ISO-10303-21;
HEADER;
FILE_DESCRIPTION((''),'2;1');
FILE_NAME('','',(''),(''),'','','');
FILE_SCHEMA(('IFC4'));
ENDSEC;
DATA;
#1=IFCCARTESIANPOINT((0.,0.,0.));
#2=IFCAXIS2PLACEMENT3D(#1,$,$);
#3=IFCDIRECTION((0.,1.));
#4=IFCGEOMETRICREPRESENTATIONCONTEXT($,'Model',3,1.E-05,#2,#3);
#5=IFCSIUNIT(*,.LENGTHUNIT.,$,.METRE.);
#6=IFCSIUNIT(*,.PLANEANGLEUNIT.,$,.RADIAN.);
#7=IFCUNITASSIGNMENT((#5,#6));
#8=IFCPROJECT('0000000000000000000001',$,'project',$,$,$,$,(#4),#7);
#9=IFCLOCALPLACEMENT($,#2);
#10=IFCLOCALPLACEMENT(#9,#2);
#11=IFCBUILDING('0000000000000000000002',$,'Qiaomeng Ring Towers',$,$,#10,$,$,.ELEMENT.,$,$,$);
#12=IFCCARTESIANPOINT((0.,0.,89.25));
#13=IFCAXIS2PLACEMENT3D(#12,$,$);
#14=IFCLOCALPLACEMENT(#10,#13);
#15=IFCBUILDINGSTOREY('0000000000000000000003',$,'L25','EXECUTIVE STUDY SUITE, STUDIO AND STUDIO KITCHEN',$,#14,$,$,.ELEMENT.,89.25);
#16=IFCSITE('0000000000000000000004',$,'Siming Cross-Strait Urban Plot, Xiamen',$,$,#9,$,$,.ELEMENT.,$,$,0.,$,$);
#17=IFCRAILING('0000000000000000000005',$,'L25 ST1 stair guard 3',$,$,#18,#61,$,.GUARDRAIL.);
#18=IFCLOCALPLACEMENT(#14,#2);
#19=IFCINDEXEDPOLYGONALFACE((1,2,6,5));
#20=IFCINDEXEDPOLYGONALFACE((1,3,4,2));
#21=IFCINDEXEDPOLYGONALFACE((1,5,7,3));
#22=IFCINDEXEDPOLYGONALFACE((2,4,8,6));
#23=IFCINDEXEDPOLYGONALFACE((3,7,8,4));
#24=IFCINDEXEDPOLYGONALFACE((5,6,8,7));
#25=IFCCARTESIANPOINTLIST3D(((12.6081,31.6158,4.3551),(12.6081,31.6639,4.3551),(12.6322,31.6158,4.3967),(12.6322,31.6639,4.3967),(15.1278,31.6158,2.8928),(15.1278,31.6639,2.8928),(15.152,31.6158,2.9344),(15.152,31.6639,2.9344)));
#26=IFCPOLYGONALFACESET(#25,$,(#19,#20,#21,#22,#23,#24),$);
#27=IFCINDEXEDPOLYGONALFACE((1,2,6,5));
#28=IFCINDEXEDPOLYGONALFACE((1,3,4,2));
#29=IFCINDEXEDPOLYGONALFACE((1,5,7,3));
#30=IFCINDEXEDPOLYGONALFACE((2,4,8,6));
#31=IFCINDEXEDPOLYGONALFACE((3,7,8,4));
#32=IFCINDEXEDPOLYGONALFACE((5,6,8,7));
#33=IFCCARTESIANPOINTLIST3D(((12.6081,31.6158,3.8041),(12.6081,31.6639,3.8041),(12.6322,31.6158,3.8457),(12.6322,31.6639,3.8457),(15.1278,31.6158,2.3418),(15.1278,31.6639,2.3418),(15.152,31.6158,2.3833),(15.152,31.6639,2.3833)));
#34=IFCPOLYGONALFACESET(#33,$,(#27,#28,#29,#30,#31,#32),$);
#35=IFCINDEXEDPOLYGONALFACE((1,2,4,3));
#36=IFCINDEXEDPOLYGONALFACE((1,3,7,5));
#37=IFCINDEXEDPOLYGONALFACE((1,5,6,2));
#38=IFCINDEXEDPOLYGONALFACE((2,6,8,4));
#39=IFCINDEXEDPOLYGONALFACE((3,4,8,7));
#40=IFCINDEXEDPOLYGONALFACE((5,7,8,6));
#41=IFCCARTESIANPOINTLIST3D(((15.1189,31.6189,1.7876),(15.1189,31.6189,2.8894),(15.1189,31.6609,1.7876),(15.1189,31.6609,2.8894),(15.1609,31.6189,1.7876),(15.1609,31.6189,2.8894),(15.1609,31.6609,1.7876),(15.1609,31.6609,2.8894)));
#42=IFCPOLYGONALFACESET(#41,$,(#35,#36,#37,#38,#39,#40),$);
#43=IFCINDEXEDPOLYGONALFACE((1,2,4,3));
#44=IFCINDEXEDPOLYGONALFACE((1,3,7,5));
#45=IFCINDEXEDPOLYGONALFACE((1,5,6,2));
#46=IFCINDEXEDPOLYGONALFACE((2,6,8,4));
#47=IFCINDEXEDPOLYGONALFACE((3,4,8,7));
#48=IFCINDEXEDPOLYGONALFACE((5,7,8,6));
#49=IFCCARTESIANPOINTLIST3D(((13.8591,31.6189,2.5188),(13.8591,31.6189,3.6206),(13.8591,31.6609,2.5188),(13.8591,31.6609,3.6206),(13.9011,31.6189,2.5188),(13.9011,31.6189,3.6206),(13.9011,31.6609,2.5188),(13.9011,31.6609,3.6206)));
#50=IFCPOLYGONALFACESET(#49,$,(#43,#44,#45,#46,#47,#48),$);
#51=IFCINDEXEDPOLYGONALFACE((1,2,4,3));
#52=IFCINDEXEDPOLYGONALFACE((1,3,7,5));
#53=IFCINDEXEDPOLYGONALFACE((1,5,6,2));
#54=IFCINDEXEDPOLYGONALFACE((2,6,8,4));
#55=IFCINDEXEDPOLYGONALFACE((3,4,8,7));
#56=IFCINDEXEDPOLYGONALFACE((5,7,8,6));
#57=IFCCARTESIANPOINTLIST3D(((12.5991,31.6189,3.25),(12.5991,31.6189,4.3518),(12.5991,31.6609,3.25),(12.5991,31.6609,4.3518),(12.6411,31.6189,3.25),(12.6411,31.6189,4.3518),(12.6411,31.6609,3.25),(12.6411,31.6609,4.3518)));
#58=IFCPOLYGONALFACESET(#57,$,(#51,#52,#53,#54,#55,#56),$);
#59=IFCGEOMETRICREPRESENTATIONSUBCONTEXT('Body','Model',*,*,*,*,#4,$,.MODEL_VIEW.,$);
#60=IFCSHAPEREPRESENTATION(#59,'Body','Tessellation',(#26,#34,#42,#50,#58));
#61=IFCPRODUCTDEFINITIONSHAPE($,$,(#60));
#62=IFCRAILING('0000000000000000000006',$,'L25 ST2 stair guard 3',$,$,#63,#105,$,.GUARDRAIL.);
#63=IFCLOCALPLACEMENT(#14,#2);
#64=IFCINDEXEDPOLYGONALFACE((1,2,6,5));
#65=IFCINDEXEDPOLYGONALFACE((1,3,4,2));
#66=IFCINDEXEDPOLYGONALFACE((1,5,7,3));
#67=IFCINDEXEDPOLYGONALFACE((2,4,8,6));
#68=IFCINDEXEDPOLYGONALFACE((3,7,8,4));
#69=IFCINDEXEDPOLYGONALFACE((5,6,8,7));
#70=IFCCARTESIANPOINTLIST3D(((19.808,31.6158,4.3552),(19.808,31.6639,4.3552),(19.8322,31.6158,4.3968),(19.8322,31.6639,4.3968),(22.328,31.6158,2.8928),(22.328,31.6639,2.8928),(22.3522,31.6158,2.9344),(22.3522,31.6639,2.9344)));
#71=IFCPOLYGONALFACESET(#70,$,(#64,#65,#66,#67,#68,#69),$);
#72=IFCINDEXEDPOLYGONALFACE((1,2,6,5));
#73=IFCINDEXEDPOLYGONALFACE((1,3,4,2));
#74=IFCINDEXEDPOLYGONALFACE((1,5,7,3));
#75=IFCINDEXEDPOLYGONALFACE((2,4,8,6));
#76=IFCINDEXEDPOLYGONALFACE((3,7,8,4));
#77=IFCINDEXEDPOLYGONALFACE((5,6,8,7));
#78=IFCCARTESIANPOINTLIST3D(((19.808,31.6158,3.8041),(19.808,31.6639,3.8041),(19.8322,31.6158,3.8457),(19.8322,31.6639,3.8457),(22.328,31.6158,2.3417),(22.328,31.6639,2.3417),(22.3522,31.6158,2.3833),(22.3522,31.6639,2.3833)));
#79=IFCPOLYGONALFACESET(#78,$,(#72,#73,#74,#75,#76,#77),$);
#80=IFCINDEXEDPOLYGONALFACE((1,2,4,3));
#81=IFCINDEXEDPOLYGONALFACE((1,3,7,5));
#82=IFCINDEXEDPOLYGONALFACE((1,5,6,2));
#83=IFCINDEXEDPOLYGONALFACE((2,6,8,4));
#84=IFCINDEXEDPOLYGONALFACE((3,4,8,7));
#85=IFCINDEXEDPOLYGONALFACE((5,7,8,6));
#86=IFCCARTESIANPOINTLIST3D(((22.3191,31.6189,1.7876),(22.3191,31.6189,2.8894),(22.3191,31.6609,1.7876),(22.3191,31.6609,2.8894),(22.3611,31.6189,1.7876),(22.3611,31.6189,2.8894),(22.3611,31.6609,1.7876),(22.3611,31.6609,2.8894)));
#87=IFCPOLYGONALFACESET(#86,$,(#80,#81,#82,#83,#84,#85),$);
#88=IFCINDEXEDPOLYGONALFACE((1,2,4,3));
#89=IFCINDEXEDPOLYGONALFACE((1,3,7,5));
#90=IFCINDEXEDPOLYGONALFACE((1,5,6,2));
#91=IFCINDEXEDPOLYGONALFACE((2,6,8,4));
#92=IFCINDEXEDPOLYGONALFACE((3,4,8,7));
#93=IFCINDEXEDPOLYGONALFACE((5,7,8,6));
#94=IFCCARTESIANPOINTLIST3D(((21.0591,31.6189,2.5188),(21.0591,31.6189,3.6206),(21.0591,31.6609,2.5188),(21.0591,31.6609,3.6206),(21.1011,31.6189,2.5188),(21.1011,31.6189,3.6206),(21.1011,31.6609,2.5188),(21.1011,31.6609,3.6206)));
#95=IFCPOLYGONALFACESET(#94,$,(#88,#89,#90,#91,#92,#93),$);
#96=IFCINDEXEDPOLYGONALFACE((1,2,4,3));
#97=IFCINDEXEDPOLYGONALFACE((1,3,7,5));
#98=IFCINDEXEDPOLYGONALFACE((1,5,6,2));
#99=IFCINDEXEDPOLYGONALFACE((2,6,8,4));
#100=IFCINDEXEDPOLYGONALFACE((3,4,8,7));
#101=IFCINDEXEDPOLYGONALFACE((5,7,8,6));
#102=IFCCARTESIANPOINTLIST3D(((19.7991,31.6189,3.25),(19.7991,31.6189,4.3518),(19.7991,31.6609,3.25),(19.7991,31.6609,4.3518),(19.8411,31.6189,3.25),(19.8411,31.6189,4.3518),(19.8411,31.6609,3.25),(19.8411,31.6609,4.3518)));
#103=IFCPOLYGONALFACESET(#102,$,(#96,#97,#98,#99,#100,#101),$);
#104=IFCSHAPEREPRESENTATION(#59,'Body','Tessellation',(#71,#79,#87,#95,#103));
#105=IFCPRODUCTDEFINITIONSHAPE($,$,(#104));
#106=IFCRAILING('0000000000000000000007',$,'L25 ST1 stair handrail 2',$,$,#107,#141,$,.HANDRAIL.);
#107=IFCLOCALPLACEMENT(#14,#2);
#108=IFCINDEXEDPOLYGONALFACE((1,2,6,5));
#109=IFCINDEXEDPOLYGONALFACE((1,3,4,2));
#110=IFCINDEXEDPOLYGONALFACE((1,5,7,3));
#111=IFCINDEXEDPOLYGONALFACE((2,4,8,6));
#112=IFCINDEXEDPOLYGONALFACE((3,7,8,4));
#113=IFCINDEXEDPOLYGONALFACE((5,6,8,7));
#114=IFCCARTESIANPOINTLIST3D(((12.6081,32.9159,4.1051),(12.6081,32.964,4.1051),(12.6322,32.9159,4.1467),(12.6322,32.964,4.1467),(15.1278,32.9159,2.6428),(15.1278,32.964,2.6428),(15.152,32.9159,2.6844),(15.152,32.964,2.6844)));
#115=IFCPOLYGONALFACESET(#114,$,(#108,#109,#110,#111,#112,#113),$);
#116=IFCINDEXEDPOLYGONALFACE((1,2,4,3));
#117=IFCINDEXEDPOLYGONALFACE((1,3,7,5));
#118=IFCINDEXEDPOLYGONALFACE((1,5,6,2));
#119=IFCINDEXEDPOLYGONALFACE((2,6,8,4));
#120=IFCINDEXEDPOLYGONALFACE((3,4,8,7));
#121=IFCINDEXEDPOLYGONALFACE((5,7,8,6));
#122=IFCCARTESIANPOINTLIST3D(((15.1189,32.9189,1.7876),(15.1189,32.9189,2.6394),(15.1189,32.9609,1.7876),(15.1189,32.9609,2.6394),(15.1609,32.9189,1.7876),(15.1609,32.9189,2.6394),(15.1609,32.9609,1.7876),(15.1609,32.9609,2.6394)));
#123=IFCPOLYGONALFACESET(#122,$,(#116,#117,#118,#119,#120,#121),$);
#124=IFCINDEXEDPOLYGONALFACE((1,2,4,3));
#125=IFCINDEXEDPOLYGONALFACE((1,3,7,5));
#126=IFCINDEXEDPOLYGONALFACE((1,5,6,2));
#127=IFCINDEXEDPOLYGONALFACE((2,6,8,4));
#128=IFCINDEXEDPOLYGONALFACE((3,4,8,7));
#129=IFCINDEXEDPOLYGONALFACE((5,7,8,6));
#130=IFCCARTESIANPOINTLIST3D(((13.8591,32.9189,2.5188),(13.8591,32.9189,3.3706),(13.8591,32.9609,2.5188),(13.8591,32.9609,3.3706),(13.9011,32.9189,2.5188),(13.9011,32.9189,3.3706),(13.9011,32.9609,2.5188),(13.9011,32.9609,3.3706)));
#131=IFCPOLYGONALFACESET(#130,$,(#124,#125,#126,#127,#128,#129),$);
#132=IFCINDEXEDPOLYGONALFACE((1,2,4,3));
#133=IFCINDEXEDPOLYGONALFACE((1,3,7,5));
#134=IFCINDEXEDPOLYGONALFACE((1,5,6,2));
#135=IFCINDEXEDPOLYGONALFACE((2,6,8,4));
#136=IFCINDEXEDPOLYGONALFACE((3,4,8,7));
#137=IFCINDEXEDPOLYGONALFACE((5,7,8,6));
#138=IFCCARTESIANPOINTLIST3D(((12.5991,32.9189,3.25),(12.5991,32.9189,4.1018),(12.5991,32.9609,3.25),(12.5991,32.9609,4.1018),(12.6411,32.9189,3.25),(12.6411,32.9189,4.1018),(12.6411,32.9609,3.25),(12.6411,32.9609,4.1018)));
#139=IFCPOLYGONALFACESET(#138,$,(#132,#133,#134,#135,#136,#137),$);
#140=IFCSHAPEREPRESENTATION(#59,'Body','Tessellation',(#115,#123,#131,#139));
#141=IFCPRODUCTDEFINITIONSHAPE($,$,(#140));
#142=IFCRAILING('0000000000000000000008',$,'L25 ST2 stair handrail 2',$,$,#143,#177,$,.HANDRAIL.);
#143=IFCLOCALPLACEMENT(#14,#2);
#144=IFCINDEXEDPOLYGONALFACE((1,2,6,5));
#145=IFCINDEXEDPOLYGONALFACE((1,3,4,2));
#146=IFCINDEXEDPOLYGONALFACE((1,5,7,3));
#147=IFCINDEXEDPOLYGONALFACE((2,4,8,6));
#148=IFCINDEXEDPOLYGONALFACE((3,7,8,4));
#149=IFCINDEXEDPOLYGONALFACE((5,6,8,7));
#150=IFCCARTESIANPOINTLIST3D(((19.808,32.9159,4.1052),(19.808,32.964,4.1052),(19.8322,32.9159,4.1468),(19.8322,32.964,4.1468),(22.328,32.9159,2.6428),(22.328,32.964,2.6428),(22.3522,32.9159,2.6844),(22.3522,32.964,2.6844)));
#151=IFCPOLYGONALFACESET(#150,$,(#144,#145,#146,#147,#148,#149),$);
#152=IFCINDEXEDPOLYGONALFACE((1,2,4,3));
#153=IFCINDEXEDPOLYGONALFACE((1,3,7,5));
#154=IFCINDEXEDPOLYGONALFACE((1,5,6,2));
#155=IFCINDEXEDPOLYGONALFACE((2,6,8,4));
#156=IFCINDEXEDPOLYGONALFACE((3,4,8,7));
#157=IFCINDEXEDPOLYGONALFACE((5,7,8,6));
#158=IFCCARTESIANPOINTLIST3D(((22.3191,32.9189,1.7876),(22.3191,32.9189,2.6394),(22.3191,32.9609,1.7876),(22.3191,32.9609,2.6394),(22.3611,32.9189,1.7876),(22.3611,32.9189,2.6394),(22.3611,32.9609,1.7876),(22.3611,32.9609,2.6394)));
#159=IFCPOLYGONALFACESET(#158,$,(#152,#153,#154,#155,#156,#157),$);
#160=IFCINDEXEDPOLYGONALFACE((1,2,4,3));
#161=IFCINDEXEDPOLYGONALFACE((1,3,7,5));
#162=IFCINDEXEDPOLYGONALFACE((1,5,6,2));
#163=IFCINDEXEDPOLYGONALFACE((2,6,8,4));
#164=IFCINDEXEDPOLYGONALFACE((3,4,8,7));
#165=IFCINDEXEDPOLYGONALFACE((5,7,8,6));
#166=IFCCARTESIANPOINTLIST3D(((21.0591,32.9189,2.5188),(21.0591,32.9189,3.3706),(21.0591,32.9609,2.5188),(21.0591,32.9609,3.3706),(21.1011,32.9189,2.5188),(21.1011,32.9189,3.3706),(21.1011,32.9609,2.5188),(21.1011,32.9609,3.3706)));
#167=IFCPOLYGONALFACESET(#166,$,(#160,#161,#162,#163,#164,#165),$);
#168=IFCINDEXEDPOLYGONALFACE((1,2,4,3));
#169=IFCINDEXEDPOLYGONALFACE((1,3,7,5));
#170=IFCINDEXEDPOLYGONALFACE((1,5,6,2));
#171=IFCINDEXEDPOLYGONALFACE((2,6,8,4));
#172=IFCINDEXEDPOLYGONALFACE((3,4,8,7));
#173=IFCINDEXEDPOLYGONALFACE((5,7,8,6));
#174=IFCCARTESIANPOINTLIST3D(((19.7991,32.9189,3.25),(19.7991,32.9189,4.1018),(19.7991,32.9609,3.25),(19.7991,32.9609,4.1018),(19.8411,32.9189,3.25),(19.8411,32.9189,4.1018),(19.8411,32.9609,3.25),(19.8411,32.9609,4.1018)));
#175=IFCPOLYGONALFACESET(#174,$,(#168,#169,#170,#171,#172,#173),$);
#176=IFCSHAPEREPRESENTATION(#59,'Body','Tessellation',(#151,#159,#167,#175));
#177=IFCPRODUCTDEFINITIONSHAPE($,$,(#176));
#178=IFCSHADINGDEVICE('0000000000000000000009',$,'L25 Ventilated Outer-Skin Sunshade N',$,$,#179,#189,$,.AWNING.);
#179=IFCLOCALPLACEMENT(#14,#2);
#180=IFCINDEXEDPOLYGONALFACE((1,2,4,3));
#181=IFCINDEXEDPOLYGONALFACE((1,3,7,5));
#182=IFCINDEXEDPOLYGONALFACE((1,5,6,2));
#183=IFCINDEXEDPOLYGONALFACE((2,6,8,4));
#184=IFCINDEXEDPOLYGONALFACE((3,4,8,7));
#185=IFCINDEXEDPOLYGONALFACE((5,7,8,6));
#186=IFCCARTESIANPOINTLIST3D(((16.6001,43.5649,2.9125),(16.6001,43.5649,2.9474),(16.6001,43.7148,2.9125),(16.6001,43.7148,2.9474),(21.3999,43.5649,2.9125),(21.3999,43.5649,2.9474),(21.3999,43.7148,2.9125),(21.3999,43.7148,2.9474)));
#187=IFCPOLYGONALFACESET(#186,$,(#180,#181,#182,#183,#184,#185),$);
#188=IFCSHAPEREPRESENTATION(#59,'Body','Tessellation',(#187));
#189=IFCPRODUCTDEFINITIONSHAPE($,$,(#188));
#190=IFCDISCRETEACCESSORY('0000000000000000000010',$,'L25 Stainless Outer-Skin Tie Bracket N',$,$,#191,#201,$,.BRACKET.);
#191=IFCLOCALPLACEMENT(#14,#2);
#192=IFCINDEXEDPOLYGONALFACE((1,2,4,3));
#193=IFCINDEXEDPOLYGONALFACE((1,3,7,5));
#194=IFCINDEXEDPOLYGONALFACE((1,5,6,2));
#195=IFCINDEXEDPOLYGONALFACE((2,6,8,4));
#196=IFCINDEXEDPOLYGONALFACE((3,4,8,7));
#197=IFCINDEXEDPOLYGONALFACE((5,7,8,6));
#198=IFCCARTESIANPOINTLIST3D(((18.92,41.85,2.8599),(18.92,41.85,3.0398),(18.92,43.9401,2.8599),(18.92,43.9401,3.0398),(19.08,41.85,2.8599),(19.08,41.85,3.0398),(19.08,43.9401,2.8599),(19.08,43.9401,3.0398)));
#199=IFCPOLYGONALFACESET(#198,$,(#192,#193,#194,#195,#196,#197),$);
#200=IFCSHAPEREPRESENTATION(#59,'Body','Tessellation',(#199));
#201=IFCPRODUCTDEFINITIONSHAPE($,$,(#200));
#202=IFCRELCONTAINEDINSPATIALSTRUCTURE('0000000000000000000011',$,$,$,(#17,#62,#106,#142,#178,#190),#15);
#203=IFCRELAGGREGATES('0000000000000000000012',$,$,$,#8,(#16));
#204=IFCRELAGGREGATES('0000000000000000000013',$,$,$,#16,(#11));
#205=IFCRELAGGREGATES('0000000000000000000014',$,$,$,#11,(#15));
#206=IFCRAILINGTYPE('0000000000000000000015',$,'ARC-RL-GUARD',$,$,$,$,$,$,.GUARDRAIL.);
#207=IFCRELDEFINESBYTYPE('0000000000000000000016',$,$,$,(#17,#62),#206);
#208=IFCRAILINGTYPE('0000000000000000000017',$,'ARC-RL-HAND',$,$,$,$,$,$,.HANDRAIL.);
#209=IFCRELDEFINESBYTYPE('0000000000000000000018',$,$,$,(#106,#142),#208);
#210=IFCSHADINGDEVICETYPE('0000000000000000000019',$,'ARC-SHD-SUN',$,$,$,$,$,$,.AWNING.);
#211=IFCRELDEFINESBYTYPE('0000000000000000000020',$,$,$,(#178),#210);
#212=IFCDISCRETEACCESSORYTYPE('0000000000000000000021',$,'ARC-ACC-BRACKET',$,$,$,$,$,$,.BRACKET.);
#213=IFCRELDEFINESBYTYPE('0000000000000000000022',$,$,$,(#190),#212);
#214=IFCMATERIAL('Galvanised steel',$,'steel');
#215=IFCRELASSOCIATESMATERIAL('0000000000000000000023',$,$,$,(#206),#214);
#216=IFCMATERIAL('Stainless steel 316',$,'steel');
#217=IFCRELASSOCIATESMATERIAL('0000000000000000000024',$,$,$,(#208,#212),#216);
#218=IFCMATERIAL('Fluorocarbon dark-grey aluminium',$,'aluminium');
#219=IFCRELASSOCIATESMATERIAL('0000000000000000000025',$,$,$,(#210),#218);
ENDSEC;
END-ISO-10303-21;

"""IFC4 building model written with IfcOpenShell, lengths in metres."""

from ifc_helpers import new_model, si_unit, direction, frame, origin, origin_2d, place, context, subcontext, project, spatial, rectangle, extrude, source, transform, mapped, material, material_profile, profile_set, type_object, element, save


model = new_model("IFC4")

# Units and contexts
model_context = context("Model", 3, precision=1e-05, world=origin(), true_north=direction((0.0, 1.0)))
body_context = subcontext(model_context, "Body", "Model", "MODEL_VIEW")
ifc_project = project(units=[si_unit("LENGTHUNIT", "METRE"), si_unit("PLANEANGLEUNIT", "RADIAN")], contexts=[model_context])

# Site, building, storey
site_placement = place(None, origin())
site = spatial("IfcSite", under=ifc_project, at=site_placement, Name="Siming Cross-Strait Urban Plot, Xiamen", CompositionType="ELEMENT", RefElevation=0.0)
building_placement = place(site_placement, origin())
building = spatial("IfcBuilding", under=site, at=building_placement, Name="Qiaomeng Ring Towers", CompositionType="ELEMENT")
storey_placement = place(building_placement, frame((0.0, 0.0, 89.25)))
storey = spatial("IfcBuildingStorey", under=building, at=storey_placement, Name="L25", Description="EXECUTIVE STUDY SUITE, STUDIO AND STUDIO KITCHEN", CompositionType="ELEMENT", Elevation=89.25)

# Shared definitions
ifc_material_1 = material(Name="Galvanised steel", Category="steel")

# Railings
railing_type_1 = type_object("IfcRailingType", Name="ARC-RL-GUARD", PredefinedType="GUARDRAIL", material=ifc_material_1)
railing_1_placement = place(storey_placement, frame((15.1399, 31.6399, 1.7876)))
element("IfcRailing", 1, at=railing_1_placement, inside=storey, type_object=railing_type_1, Name="L25 ST1 stair guard 3", PredefinedType="GUARDRAIL", context=body_context, shape_type="SweptSolid", body=[
    extrude(rectangle(XDim=0.0481, YDim=0.0481, at=origin_2d()), frame((0.0, 0.0, 1.126), z_axis=(-0.864892, 0.0, 0.501958), x_axis=(0.0, -1.0, 0.0)), (0.0, 0.0, 1.0), 2.9133),
    extrude(rectangle(XDim=0.0481, YDim=0.0481, at=origin_2d()), frame((0.0, 0.0, 0.575), z_axis=(-0.864892, 0.0, 0.501958), x_axis=(0.0, -1.0, 0.0)), (0.0, 0.0, 1.0), 2.9133),
    extrude(rectangle(XDim=0.042, YDim=0.042, at=origin_2d()), origin(), (0.0, 0.0, 1.0), 1.1018),
    extrude(rectangle(XDim=0.042, YDim=0.042, at=origin_2d()), frame((-1.2598, 0.0, 0.7312)), (0.0, 0.0, 1.0), 1.1018),
    extrude(rectangle(XDim=0.042, YDim=0.042, at=origin_2d()), frame((-2.5198, 0.0, 1.4624)), (0.0, 0.0, 1.0), 1.1018),
])
railing_2_placement = place(storey_placement, frame((22.3401, 31.6399, 1.7876)))
element("IfcRailing", 2, at=railing_2_placement, inside=storey, type_object=railing_type_1, Name="L25 ST2 stair guard 3", PredefinedType="GUARDRAIL", context=body_context, shape_type="SweptSolid", body=[
    extrude(rectangle(XDim=0.0481, YDim=0.0481, at=origin_2d()), frame((0.0, 0.0, 1.126), z_axis=(-0.864913, 0.0, 0.501921), x_axis=(0.0, -1.0, 0.0)), (0.0, 0.0, 1.0), 2.9136),
    extrude(rectangle(XDim=0.0481, YDim=0.0481, at=origin_2d()), frame((0.0, 0.0, 0.575), z_axis=(-0.864913, 0.0, 0.501921), x_axis=(0.0, -1.0, 0.0)), (0.0, 0.0, 1.0), 2.9136),
    extrude(rectangle(XDim=0.042, YDim=0.042, at=origin_2d()), origin(), (0.0, 0.0, 1.0), 1.1018),
    extrude(rectangle(XDim=0.042, YDim=0.042, at=origin_2d()), frame((-1.26, 0.0, 0.7312)), (0.0, 0.0, 1.0), 1.1018),
    extrude(rectangle(XDim=0.042, YDim=0.042, at=origin_2d()), frame((-2.52, 0.0, 1.4624)), (0.0, 0.0, 1.0), 1.1018),
])
ifc_material_2 = material(Name="Stainless steel 316", Category="steel")
railing_type_2 = type_object("IfcRailingType", Name="ARC-RL-HAND", PredefinedType="HANDRAIL", material=ifc_material_2)
railing_3_placement = place(storey_placement, frame((15.1399, 32.9399, 1.7876)))
element("IfcRailing", 3, at=railing_3_placement, inside=storey, type_object=railing_type_2, Name="L25 ST1 stair handrail 2", PredefinedType="HANDRAIL", context=body_context, shape_type="SweptSolid", body=[
    extrude(rectangle(XDim=0.0481, YDim=0.0481, at=origin_2d()), frame((0.0, 0.0, 0.876), z_axis=(-0.864892, 0.0, 0.501958), x_axis=(0.0, -1.0, 0.0)), (0.0, 0.0, 1.0), 2.9133),
    extrude(rectangle(XDim=0.042, YDim=0.042, at=origin_2d()), origin(), (0.0, 0.0, 1.0), 0.8518),
    extrude(rectangle(XDim=0.042, YDim=0.042, at=origin_2d()), frame((-1.2598, 0.0, 0.7312)), (0.0, 0.0, 1.0), 0.8518),
    extrude(rectangle(XDim=0.042, YDim=0.042, at=origin_2d()), frame((-2.5198, 0.0, 1.4624)), (0.0, 0.0, 1.0), 0.8518),
])
railing_4_placement = place(storey_placement, frame((22.3401, 32.9399, 1.7876)))
element("IfcRailing", 4, at=railing_4_placement, inside=storey, type_object=railing_type_2, Name="L25 ST2 stair handrail 2", PredefinedType="HANDRAIL", context=body_context, shape_type="SweptSolid", body=[
    extrude(rectangle(XDim=0.0481, YDim=0.0481, at=origin_2d()), frame((0.0, 0.0, 0.876), z_axis=(-0.864913, 0.0, 0.501921), x_axis=(0.0, -1.0, 0.0)), (0.0, 0.0, 1.0), 2.9136),
    extrude(rectangle(XDim=0.042, YDim=0.042, at=origin_2d()), origin(), (0.0, 0.0, 1.0), 0.8518),
    extrude(rectangle(XDim=0.042, YDim=0.042, at=origin_2d()), frame((-1.26, 0.0, 0.7312)), (0.0, 0.0, 1.0), 0.8518),
    extrude(rectangle(XDim=0.042, YDim=0.042, at=origin_2d()), frame((-2.52, 0.0, 1.4624)), (0.0, 0.0, 1.0), 0.8518),
])

# Shading device
ifc_material_3 = material(Name="Fluorocarbon dark-grey aluminium", Category="aluminium")
ifc_material_profile_1 = material_profile(ifc_material_3, rectangle(XDim=0.1499, YDim=0.0349, at=origin_2d()), Name="LV BLADE 150x35")
ifc_profile_set_1 = profile_set([ifc_material_profile_1], Name="Fluorocarbon dark-grey aluminium")
shading_device_type = type_object("IfcShadingDeviceType", Name="ARC-SHD-SUN", PredefinedType="AWNING", material=ifc_profile_set_1)
shared_shape_1 = source(origin(), body_context, "Body", "SweptSolid", [
    extrude(rectangle(XDim=0.1499, YDim=0.0349, at=origin_2d()), origin(), (0.0, 0.0, 1.0), 4.7998),
])
shading_device_placement = place(storey_placement, frame((16.6001, 43.6399, 2.9299), z_axis=(1.0, 0.0, 0.0), x_axis=(0.0, 1.0, 0.0)))
element("IfcShadingDevice", 5, at=shading_device_placement, inside=storey, type_object=shading_device_type, Name="L25 Ventilated Outer-Skin Sunshade N", PredefinedType="AWNING", context=body_context, shape_type="MappedRepresentation", body=[
    mapped(shared_shape_1, transform((0.0, 0.0, 0.0), x_axis=(1.0, 0.0, 0.0), y_axis=(0.0, 1.0, 0.0), z_axis=(0.0, 0.0, 1.0), scale=1.0)),
])

# Discrete accessory
discrete_accessory_type = type_object("IfcDiscreteAccessoryType", Name="ARC-ACC-BRACKET", PredefinedType="BRACKET", material=ifc_material_2)
shared_shape_2 = source(origin(), body_context, "Body", "SweptSolid", [
    extrude(rectangle(XDim=0.1599, YDim=2.0901, at=origin_2d()), origin(), (0.0, 0.0, 1.0), 0.1799),
])
discrete_accessory_placement = place(storey_placement, frame((19.0, 42.895, 2.8599), z_axis=(0.0, 0.0, 1.0), x_axis=(1.0, 0.0, 0.0)))
element("IfcDiscreteAccessory", 6, at=discrete_accessory_placement, inside=storey, type_object=discrete_accessory_type, Name="L25 Stainless Outer-Skin Tie Bracket N", PredefinedType="BRACKET", context=body_context, shape_type="MappedRepresentation", body=[
    mapped(shared_shape_2, transform((0.0, 0.0, 0.0), x_axis=(1.0, 0.0, 0.0), y_axis=(0.0, 1.0, 0.0), z_axis=(0.0, 0.0, 1.0), scale=1.0)),
])

save(model, "model.ifc")
